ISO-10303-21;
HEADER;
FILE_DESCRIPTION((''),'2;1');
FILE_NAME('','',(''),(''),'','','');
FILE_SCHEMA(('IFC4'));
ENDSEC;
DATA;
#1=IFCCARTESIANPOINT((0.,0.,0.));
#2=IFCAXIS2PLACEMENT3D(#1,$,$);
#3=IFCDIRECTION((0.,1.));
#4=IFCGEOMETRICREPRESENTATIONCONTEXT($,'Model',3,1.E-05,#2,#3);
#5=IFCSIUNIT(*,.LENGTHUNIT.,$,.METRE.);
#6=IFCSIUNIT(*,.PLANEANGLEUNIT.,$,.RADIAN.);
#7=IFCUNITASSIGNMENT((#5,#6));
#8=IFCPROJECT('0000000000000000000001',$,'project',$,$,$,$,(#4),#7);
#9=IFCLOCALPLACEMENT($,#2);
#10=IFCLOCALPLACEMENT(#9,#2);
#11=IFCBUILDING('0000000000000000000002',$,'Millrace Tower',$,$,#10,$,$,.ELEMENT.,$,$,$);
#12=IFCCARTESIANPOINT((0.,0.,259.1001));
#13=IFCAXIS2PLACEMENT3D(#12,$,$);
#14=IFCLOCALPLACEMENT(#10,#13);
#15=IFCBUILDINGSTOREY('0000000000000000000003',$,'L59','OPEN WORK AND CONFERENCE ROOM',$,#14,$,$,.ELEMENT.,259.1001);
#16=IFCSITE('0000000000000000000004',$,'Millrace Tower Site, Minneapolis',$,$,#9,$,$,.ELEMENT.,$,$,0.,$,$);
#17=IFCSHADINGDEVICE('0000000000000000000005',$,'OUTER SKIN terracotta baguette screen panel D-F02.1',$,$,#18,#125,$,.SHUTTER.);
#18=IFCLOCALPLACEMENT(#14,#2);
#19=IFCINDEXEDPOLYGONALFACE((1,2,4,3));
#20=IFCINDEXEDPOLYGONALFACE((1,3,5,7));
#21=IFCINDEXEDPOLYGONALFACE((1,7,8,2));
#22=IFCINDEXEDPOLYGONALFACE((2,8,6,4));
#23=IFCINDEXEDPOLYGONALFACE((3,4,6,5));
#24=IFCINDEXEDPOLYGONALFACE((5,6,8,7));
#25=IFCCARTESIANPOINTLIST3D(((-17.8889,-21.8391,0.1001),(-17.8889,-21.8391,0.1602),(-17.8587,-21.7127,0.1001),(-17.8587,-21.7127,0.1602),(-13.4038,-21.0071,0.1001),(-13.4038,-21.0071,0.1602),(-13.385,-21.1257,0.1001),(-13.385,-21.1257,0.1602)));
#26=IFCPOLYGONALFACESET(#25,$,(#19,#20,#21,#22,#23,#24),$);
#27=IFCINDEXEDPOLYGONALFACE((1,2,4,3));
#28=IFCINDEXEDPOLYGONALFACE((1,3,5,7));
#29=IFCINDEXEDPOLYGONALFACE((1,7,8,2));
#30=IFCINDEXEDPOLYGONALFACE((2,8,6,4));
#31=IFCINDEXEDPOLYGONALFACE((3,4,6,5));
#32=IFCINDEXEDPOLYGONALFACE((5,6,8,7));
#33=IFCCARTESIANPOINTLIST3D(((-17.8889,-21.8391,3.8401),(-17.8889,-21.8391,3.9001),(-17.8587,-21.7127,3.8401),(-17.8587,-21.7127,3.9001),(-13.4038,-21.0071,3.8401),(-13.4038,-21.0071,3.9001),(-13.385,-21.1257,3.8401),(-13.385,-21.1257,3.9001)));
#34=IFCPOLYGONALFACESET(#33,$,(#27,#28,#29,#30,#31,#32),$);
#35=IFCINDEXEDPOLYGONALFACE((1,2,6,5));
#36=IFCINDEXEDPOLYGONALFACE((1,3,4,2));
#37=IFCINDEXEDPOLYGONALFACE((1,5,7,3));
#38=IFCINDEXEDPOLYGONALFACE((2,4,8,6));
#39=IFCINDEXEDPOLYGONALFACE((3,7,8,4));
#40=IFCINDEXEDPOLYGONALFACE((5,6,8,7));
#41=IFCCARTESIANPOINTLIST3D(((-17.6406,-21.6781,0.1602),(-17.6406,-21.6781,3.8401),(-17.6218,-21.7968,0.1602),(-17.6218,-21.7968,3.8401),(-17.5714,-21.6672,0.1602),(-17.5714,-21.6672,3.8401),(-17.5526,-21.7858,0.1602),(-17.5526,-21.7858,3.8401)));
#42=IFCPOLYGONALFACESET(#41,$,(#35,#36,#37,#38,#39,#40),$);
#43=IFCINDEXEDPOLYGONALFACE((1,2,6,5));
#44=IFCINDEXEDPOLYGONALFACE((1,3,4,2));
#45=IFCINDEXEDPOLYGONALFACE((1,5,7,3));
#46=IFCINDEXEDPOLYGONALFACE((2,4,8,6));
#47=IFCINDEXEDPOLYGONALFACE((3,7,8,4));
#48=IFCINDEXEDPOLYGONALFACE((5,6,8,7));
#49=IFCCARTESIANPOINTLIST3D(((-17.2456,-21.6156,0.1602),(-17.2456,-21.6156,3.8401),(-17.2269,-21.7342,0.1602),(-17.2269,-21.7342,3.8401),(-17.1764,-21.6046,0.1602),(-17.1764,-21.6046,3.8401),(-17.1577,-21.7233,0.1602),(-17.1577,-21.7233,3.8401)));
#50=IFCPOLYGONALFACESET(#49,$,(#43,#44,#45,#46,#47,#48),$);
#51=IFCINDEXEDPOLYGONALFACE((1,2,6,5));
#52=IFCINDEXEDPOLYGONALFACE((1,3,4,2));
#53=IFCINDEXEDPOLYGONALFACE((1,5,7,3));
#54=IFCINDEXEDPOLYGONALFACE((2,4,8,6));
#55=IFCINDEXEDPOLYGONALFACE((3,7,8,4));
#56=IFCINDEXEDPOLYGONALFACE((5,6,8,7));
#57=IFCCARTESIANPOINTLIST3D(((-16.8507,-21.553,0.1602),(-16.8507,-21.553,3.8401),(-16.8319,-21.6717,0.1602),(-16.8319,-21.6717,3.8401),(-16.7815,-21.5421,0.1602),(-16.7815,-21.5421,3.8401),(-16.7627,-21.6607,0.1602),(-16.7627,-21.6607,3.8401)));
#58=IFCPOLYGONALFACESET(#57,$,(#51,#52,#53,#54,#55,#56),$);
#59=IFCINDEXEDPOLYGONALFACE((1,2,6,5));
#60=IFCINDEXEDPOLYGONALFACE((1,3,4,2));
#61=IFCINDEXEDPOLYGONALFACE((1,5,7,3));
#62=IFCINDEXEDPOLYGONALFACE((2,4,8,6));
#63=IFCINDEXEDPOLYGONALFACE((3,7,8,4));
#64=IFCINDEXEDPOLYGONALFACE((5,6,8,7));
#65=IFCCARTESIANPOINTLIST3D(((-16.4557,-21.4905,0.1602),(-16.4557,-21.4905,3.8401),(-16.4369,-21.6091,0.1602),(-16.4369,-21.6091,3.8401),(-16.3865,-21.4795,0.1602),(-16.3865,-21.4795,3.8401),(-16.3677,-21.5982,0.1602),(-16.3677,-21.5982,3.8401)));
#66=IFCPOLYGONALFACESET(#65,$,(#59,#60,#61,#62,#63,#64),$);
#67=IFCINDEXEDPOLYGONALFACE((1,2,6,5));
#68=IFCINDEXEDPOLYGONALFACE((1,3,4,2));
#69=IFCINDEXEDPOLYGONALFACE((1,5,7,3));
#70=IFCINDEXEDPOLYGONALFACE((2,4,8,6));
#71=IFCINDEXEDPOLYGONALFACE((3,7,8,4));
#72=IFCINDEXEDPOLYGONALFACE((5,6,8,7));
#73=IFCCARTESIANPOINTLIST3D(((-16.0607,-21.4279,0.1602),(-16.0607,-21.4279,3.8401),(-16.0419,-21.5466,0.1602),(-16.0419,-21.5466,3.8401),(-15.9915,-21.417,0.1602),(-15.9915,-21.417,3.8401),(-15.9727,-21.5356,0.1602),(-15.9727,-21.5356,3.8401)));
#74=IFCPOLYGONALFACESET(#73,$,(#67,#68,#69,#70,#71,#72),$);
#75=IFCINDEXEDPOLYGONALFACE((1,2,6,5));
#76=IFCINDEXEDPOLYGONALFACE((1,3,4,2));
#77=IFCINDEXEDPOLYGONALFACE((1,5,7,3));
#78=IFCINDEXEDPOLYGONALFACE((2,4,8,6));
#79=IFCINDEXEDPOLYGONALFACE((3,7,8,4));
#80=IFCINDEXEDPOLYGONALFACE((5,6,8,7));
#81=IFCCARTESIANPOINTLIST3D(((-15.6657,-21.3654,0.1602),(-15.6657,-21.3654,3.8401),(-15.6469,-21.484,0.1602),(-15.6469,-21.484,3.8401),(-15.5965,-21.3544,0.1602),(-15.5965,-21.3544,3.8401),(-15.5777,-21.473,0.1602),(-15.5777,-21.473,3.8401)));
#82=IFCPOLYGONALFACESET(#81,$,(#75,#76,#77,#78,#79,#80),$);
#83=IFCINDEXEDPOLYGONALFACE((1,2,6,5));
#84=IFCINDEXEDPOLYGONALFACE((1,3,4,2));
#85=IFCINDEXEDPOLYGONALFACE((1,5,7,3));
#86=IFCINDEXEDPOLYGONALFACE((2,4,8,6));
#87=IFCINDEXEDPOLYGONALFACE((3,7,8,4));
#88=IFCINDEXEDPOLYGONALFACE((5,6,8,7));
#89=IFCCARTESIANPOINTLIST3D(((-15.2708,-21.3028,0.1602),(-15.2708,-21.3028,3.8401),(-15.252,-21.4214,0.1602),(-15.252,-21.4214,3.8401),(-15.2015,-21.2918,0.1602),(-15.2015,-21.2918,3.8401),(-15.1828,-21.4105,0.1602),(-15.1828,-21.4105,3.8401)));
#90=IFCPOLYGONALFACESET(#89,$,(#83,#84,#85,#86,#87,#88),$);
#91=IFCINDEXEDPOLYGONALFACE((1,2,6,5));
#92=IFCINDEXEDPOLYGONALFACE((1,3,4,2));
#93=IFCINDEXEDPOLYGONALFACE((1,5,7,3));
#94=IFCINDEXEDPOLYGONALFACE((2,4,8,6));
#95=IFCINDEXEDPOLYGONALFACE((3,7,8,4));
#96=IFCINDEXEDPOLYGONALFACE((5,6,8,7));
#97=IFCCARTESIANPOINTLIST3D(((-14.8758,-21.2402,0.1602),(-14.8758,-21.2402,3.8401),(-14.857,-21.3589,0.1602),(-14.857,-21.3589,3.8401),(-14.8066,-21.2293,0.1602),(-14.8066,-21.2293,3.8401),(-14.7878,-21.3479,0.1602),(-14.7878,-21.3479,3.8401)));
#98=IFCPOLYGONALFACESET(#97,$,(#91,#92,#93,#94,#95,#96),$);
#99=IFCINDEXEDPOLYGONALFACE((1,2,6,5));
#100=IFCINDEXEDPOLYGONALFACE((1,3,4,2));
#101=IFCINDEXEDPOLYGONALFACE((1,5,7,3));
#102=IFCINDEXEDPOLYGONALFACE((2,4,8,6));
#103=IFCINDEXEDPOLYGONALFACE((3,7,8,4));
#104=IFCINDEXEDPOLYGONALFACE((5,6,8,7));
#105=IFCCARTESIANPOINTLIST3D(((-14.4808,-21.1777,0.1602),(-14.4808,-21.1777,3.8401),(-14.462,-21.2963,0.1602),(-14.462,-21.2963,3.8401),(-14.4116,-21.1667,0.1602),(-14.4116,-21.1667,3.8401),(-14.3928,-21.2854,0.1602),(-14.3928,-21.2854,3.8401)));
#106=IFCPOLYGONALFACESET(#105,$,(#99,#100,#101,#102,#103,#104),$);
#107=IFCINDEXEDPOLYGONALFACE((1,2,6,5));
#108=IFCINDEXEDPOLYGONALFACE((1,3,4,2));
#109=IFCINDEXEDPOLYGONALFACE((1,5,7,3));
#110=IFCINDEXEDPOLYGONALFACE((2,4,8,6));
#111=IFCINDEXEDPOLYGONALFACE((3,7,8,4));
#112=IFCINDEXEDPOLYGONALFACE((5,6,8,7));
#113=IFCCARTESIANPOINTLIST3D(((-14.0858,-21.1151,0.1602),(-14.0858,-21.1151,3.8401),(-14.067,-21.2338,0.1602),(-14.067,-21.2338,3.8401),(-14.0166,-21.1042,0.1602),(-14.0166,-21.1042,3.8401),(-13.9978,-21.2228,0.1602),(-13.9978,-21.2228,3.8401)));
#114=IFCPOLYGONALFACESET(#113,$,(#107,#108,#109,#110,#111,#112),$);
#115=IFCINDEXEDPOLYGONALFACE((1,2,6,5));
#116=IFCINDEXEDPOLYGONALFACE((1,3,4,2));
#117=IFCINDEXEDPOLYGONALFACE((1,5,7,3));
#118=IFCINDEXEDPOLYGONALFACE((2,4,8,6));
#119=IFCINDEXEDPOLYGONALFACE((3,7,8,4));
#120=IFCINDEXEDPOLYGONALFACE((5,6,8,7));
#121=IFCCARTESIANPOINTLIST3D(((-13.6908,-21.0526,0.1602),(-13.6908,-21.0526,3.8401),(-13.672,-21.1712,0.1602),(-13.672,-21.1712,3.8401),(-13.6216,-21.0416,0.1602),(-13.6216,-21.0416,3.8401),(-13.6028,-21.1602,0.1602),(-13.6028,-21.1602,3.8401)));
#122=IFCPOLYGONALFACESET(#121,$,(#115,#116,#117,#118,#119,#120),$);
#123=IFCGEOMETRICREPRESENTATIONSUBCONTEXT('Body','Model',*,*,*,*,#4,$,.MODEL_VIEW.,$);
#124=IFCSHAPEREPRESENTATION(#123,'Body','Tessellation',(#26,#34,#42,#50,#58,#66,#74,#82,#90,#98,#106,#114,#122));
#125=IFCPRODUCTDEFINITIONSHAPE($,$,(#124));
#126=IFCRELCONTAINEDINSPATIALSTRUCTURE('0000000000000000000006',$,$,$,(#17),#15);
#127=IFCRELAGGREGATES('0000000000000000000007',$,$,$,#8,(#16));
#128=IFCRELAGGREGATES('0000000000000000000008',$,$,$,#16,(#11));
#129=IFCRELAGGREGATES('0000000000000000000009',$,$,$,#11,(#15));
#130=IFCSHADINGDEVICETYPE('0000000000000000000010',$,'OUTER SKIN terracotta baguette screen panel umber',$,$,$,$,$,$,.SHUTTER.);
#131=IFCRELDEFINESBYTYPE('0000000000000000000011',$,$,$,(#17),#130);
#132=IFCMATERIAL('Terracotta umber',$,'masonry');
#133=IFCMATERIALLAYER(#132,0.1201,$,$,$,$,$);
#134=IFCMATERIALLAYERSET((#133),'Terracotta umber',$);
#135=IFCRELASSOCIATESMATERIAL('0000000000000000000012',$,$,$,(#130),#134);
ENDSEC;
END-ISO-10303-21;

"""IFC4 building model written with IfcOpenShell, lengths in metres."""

from ifc_helpers import new_model, entity, si_unit, direction, frame, frame_2d, origin, place, context, subcontext, project, spatial, rectangle, extrude, source, transform, mapped, material, layer, layer_set, type_object, element, save


model = new_model("IFC4")

# Units and contexts
model_context = context("Model", 3, precision=1e-05, world=origin(), true_north=direction((0.0, 1.0)))
body_context = subcontext(model_context, "Body", "Model", "MODEL_VIEW")
ifc_project = project(units=[si_unit("LENGTHUNIT", "METRE"), si_unit("PLANEANGLEUNIT", "RADIAN")], contexts=[model_context])

# Site, building, storey
site_placement = place(None, origin())
site = spatial("IfcSite", under=ifc_project, at=site_placement, Name="Millrace Tower Site, Minneapolis", CompositionType="ELEMENT", RefElevation=0.0)
building_placement = place(site_placement, origin())
building = spatial("IfcBuilding", under=site, at=building_placement, Name="Millrace Tower", CompositionType="ELEMENT")
storey_placement = place(building_placement, frame((0.0, 0.0, 259.1001)))
storey = spatial("IfcBuildingStorey", under=building, at=storey_placement, Name="L59", Description="OPEN WORK AND CONFERENCE ROOM", CompositionType="ELEMENT", Elevation=259.1001)

# Shading device
ifc_material_1 = material(Name="Terracotta umber", Category="masonry")
ifc_layer_1 = layer(ifc_material_1, 0.1201)
ifc_layer_set_1 = layer_set([ifc_layer_1], Name="Terracotta umber")
shading_device_type = type_object("IfcShadingDeviceType", Name="OUTER SKIN terracotta baguette screen panel umber", PredefinedType="SHUTTER", material=ifc_layer_set_1)
cartesian_point_1 = entity("IfcCartesianPoint", [-2.2429, 0.0601])
shared_polyline_1 = entity("IfcPolyline", [cartesian_point_1, entity("IfcCartesianPoint", [2.2676, 0.0601]), entity("IfcCartesianPoint", [2.2676, -0.0601]), entity("IfcCartesianPoint", [-2.2925, -0.0601]), cartesian_point_1])
shared_shape_1 = source(origin(), body_context, "Body", "SweptSolid", [
    entity("IfcExtrudedAreaSolid", entity("IfcArbitraryClosedProfileDef", "AREA", None, shared_polyline_1), entity("IfcAxis2Placement3D", entity("IfcCartesianPoint", [0.0, 0.0, 0.0])), entity("IfcDirection", [0.0, 0.0, 1.0]), 0.0601),
    entity("IfcExtrudedAreaSolid", entity("IfcArbitraryClosedProfileDef", "AREA", None, shared_polyline_1), entity("IfcAxis2Placement3D", entity("IfcCartesianPoint", [0.0, 0.0, 3.74])), entity("IfcDirection", [0.0, 0.0, 1.0]), 0.0601),
    extrude(rectangle(XDim=0.0701, YDim=0.1201, at=frame_2d((-1.9871, 0.0))), frame((0.0, 0.0, 0.0601)), (0.0, 0.0, 1.0), 3.6799),
    extrude(rectangle(XDim=0.0701, YDim=0.1201, at=frame_2d((-1.5872, 0.0))), frame((0.0, 0.0, 0.0601)), (0.0, 0.0, 1.0), 3.6799),
    extrude(rectangle(XDim=0.0701, YDim=0.1201, at=frame_2d((-1.1873, 0.0))), frame((0.0, 0.0, 0.0601)), (0.0, 0.0, 1.0), 3.6799),
    extrude(rectangle(XDim=0.0701, YDim=0.1201, at=frame_2d((-0.7874, 0.0))), frame((0.0, 0.0, 0.0601)), (0.0, 0.0, 1.0), 3.6799),
    extrude(rectangle(XDim=0.0701, YDim=0.1201, at=frame_2d((-0.3875, 0.0))), frame((0.0, 0.0, 0.0601)), (0.0, 0.0, 1.0), 3.6799),
    extrude(rectangle(XDim=0.0701, YDim=0.1201, at=frame_2d((0.0125, 0.0))), frame((0.0, 0.0, 0.0601)), (0.0, 0.0, 1.0), 3.6799),
    extrude(rectangle(XDim=0.0701, YDim=0.1201, at=frame_2d((0.4124, 0.0))), frame((0.0, 0.0, 0.0601)), (0.0, 0.0, 1.0), 3.6799),
    extrude(rectangle(XDim=0.0701, YDim=0.1201, at=frame_2d((0.8123, 0.0))), frame((0.0, 0.0, 0.0601)), (0.0, 0.0, 1.0), 3.6799),
    extrude(rectangle(XDim=0.0701, YDim=0.1201, at=frame_2d((1.2122, 0.0))), frame((0.0, 0.0, 0.0601)), (0.0, 0.0, 1.0), 3.6799),
    extrude(rectangle(XDim=0.0701, YDim=0.1201, at=frame_2d((1.6121, 0.0))), frame((0.0, 0.0, 0.0601)), (0.0, 0.0, 1.0), 3.6799),
    extrude(rectangle(XDim=0.0701, YDim=0.1201, at=frame_2d((2.012, 0.0))), frame((0.0, 0.0, 0.0601)), (0.0, 0.0, 1.0), 3.6799),
])
shading_device_1_placement = place(storey_placement, frame((-15.634, -21.4211, 0.1001), z_axis=(0.0, 0.0, 1.0), x_axis=(0.987688, 0.156434, 0.0)))
element("IfcShadingDevice", 1, at=shading_device_1_placement, inside=storey, type_object=shading_device_type, Name="OUTER SKIN terracotta baguette screen panel D-F02.1", PredefinedType="SHUTTER", context=body_context, shape_type="MappedRepresentation", body=[
    mapped(shared_shape_1, transform((0.0, 0.0, 0.0), scale=1.0)),
])

save(model, "model.ifc")
